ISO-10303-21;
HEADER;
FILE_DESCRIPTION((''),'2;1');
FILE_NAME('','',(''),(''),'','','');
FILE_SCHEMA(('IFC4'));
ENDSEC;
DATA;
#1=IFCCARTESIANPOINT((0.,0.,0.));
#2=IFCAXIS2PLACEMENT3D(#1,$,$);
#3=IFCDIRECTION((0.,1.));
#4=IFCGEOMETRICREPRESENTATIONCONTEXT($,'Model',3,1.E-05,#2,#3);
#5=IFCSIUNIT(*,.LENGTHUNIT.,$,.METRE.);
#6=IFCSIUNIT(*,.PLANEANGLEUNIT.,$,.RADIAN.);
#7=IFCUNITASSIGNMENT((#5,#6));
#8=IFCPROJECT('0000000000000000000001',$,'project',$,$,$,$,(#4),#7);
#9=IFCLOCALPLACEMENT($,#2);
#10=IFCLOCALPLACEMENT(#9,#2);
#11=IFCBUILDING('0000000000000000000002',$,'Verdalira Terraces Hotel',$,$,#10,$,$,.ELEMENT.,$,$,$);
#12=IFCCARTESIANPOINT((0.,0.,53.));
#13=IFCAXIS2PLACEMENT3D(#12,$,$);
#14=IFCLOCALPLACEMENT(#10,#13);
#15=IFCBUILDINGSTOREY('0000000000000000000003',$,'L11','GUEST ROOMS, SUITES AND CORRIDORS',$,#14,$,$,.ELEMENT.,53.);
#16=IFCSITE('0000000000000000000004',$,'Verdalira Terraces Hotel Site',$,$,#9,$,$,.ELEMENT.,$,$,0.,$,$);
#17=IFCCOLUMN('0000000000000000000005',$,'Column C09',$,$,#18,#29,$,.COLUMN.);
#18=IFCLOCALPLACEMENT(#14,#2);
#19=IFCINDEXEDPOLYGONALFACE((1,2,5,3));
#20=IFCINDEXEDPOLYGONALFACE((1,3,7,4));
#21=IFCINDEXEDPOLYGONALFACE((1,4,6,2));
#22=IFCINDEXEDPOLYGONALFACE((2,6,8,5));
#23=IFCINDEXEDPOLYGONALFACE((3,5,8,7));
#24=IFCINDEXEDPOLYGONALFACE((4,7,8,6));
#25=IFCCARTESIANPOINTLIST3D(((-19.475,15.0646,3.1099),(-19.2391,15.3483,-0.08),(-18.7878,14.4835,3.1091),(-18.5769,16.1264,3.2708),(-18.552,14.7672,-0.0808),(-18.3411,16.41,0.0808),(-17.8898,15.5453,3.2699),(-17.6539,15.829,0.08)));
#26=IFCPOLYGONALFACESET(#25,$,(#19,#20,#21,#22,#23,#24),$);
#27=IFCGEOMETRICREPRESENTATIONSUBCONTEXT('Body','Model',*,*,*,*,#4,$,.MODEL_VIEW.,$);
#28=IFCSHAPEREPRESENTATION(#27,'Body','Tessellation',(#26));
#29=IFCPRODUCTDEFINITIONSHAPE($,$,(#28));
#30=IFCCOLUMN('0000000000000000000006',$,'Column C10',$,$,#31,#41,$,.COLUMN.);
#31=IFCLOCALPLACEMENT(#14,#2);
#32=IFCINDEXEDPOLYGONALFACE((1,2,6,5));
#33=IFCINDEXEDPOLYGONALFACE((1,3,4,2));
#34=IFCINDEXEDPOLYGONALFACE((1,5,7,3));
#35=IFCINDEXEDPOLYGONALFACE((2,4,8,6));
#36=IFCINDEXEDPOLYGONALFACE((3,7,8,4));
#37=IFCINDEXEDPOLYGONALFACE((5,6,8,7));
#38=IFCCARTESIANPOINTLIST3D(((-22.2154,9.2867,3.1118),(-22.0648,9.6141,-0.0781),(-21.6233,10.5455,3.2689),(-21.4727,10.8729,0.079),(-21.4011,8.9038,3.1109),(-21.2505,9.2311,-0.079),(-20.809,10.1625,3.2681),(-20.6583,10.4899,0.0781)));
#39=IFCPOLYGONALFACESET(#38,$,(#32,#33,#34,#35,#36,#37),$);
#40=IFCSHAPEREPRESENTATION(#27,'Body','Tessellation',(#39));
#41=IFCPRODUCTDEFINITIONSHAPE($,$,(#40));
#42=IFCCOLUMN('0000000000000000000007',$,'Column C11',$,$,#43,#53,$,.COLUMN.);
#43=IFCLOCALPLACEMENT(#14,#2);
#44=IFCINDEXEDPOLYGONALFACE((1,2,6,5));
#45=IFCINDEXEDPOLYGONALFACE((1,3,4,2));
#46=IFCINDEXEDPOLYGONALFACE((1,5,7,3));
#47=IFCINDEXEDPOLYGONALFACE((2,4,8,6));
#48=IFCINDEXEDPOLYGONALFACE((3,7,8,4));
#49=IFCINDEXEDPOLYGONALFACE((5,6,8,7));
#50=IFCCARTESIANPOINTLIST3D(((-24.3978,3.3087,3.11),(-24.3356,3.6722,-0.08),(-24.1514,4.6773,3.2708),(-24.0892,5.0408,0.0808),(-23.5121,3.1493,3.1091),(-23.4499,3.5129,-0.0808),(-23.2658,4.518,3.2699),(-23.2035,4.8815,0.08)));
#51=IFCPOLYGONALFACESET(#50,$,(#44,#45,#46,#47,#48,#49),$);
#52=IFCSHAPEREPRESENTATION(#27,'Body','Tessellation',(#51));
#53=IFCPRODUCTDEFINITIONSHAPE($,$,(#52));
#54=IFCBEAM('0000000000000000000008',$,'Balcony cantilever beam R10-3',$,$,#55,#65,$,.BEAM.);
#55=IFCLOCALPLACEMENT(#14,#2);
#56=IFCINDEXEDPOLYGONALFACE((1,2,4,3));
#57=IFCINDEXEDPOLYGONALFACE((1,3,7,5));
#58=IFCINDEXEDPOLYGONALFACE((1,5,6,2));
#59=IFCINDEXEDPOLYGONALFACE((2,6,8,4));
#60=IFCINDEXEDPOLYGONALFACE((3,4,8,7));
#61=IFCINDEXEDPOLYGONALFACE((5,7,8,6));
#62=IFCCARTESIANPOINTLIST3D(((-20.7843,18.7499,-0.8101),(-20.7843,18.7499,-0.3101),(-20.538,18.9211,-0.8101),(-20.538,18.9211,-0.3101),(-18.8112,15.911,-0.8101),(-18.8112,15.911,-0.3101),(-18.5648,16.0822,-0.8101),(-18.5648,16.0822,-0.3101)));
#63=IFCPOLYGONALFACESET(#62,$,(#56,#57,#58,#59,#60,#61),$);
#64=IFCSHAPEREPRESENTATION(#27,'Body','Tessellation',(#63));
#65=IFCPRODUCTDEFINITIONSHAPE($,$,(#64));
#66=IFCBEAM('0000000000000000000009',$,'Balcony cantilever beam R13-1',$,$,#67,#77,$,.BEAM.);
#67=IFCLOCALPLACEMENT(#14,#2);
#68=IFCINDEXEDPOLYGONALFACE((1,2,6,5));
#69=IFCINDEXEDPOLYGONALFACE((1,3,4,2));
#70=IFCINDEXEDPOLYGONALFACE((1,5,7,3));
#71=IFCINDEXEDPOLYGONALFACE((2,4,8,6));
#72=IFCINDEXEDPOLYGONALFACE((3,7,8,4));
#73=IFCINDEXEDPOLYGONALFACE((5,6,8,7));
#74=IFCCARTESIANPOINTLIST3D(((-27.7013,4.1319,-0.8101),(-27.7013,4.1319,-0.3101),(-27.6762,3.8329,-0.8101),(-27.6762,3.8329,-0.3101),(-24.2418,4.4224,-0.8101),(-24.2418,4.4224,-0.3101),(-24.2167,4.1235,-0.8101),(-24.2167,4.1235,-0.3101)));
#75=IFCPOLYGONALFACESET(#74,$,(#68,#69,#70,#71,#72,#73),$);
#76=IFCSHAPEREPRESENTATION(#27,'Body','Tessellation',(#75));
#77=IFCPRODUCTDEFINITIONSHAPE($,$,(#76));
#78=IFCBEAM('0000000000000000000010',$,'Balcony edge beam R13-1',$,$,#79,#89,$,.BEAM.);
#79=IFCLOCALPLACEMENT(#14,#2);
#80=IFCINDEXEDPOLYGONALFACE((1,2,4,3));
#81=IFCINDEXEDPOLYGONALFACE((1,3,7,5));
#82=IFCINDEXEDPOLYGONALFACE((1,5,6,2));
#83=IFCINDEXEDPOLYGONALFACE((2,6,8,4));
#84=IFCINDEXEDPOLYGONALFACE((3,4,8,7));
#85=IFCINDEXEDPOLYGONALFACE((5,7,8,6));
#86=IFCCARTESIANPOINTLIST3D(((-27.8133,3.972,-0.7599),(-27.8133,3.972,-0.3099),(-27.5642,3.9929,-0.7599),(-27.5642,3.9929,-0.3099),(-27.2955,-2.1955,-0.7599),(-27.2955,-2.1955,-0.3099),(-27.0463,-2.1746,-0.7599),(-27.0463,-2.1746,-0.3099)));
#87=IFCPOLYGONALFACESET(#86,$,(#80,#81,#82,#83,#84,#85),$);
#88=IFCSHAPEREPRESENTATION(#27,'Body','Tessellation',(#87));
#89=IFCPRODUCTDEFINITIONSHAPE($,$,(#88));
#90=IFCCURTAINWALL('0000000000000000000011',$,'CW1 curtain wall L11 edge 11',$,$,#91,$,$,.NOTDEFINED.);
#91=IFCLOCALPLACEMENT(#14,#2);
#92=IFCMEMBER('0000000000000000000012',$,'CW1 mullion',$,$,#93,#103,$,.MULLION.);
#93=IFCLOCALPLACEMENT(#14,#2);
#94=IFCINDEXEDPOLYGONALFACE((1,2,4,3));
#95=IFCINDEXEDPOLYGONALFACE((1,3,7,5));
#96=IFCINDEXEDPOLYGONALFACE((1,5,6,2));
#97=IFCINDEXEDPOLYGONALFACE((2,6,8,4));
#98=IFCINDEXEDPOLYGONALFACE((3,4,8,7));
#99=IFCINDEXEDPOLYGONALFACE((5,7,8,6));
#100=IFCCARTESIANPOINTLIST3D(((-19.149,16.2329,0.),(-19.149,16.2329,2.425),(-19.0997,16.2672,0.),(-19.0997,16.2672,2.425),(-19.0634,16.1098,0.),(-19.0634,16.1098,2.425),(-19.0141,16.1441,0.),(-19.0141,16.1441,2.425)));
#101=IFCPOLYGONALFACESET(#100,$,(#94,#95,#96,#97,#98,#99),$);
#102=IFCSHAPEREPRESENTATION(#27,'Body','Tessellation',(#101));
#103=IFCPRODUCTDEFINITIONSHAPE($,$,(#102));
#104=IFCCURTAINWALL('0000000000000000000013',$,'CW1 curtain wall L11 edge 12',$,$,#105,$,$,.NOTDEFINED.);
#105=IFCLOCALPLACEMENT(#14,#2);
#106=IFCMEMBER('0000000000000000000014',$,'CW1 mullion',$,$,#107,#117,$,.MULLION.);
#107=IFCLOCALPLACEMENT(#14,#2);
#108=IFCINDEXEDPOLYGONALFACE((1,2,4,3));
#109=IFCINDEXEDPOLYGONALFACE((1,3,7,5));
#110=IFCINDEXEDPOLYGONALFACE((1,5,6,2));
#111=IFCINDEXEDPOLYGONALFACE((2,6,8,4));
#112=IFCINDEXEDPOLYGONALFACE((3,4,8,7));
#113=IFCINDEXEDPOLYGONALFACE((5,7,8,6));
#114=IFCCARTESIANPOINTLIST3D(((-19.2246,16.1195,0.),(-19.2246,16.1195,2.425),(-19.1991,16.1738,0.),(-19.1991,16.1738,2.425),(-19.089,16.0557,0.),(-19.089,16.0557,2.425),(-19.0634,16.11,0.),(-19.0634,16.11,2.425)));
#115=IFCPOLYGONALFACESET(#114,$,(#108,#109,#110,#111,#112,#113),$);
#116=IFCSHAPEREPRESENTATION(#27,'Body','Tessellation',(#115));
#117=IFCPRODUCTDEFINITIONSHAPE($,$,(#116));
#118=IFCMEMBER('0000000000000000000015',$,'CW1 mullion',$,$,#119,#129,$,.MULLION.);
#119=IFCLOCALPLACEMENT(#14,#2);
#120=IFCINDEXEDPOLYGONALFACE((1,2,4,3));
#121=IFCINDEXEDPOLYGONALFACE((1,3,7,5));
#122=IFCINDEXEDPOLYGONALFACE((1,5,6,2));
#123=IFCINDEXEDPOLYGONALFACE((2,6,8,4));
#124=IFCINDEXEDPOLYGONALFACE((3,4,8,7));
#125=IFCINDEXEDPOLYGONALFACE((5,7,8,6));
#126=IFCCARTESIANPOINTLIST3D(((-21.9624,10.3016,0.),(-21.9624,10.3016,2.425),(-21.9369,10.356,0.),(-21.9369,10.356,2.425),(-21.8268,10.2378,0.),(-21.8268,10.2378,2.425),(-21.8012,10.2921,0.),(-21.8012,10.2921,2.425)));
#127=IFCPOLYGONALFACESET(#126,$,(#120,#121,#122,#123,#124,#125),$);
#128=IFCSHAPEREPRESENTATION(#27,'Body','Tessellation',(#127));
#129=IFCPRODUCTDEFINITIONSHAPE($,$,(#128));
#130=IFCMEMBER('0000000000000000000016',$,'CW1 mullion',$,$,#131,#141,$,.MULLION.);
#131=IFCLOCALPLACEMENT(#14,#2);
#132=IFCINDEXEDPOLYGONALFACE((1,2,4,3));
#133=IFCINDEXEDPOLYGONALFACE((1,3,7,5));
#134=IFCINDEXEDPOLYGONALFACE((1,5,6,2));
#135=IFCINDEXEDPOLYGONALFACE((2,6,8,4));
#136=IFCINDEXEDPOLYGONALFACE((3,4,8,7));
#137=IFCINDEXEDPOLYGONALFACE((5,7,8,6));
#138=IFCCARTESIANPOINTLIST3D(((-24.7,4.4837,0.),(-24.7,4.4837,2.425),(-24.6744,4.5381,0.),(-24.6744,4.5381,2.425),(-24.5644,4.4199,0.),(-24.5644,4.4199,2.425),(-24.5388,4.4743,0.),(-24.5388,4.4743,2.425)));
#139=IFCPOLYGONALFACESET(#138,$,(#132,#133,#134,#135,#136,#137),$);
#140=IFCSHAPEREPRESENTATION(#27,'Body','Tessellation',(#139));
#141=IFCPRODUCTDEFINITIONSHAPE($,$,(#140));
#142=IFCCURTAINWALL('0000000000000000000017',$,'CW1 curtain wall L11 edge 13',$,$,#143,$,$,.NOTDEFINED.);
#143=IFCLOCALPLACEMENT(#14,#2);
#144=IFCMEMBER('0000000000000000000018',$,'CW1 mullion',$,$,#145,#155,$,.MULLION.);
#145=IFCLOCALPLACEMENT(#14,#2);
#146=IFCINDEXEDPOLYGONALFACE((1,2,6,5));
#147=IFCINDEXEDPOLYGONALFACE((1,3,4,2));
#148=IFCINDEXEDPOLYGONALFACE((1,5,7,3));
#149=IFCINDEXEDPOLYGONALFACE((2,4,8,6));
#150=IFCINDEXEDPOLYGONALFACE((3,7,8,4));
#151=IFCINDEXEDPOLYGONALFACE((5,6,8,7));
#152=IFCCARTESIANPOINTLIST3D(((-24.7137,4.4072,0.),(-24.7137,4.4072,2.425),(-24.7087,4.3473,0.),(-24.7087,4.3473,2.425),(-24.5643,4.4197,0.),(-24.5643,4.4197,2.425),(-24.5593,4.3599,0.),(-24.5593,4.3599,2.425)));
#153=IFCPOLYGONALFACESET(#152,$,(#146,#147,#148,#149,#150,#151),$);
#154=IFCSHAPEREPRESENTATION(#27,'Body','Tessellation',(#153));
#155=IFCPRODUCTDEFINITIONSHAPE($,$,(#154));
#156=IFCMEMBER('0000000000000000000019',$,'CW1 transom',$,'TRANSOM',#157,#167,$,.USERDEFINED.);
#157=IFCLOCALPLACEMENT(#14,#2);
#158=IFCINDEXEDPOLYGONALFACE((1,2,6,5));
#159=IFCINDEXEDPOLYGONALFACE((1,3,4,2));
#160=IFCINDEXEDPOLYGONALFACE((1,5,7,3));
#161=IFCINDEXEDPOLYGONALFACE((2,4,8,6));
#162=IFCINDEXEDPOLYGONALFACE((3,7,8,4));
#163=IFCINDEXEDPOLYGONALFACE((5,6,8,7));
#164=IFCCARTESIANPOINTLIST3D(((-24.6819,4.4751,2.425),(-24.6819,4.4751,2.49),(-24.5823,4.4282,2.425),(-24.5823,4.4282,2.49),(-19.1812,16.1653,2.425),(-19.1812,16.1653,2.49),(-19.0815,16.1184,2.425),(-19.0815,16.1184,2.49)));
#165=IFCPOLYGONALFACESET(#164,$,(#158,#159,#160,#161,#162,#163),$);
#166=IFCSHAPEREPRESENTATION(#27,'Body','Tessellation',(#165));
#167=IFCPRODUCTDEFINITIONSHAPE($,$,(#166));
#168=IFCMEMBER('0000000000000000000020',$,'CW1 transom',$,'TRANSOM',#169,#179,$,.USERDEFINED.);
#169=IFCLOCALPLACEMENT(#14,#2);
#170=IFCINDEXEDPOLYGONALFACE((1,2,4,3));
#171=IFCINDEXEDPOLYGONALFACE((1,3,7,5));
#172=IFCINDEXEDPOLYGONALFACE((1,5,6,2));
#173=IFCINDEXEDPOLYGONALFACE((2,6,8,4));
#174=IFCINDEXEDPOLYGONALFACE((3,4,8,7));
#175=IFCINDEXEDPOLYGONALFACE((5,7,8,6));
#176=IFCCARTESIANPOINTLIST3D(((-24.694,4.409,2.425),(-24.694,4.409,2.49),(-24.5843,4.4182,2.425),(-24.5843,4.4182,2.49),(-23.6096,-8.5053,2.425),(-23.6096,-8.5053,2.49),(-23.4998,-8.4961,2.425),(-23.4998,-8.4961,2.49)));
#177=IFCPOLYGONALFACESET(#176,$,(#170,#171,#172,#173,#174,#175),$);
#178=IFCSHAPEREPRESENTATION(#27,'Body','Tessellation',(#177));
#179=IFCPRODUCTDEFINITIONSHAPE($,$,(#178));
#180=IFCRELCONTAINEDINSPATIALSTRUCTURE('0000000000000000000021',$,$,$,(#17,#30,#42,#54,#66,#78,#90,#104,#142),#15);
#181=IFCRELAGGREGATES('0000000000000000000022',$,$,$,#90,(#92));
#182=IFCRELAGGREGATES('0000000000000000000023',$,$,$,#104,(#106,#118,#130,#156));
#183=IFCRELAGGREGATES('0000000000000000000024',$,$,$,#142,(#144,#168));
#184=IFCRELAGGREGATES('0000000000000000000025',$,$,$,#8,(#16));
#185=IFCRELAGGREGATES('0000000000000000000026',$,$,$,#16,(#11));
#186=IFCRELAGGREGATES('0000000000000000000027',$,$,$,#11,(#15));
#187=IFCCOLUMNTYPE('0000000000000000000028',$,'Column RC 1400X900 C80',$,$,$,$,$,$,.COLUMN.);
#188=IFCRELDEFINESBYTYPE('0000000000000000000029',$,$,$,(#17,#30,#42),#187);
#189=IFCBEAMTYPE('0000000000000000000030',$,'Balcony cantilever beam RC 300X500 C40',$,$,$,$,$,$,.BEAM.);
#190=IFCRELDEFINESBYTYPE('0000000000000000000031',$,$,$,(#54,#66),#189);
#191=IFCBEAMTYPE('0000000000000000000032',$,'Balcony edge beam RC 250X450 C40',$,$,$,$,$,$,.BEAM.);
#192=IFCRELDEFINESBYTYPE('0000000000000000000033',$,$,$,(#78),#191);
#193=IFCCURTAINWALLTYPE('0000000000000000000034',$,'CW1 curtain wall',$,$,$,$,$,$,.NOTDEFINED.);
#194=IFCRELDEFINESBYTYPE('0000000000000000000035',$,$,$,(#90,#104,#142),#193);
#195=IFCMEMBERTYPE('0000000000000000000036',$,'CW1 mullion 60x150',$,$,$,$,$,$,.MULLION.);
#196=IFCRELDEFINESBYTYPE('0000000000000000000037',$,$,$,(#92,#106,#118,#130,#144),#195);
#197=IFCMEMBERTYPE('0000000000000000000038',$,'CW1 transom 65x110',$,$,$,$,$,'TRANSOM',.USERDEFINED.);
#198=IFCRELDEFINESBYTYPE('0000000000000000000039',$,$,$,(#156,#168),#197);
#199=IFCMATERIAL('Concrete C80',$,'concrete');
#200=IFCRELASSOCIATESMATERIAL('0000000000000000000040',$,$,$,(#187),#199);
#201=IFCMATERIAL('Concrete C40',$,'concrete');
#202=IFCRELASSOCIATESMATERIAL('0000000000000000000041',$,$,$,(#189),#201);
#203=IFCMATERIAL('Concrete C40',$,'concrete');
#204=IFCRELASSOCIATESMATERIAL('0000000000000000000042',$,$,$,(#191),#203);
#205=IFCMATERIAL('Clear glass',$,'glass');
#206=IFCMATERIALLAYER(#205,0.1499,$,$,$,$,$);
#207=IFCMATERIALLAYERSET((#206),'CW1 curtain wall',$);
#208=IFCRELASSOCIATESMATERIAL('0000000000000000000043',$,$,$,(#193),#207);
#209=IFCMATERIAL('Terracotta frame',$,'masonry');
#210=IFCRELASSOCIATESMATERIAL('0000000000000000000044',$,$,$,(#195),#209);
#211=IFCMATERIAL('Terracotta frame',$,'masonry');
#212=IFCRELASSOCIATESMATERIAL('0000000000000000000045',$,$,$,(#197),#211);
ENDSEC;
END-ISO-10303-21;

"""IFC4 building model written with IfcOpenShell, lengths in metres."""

from ifc_helpers import new_model, si_unit, direction, frame, origin, origin_2d, place, context, subcontext, project, spatial, rectangle, extrude, material, layer, layer_set, material_profile, profile_set, type_object, element, aggregate, save


model = new_model("IFC4")

# Units and contexts
model_context = context("Model", 3, precision=1e-05, world=origin(), true_north=direction((0.0, 1.0)))
body_context = subcontext(model_context, "Body", "Model", "MODEL_VIEW")
ifc_project = project(units=[si_unit("LENGTHUNIT", "METRE"), si_unit("PLANEANGLEUNIT", "RADIAN")], contexts=[model_context])

# Site, building, storey
site_placement = place(None, origin())
site = spatial("IfcSite", under=ifc_project, at=site_placement, Name="Verdalira Terraces Hotel Site", CompositionType="ELEMENT", RefElevation=0.0)
building_placement = place(site_placement, origin())
building = spatial("IfcBuilding", under=site, at=building_placement, Name="Verdalira Terraces Hotel", CompositionType="ELEMENT")
storey_placement = place(building_placement, frame((0.0, 0.0, 53.0)))
storey = spatial("IfcBuildingStorey", under=building, at=storey_placement, Name="L11", Description="GUEST ROOMS, SUITES AND CORRIDORS", CompositionType="ELEMENT", Elevation=53.0)

# Columns
ifc_material_1 = material(Name="Concrete C80", Category="concrete")
ifc_material_profile_1 = material_profile(ifc_material_1, rectangle(XDim=1.3999, YDim=0.8999, at=origin_2d()), Name="RC 1400X900")
ifc_profile_set_1 = profile_set([ifc_material_profile_1], Name="Concrete C80")
column_type = type_object("IfcColumnType", Name="Column RC 1400X900 C80", PredefinedType="COLUMN", material=ifc_profile_set_1)
column_1_placement = place(storey_placement, frame((-18.4465, 15.5886, 0.0), z_axis=(-0.073443, -0.088344, 0.993379), x_axis=(0.641502, 0.75847, 0.114881)))
element("IfcColumn", 1, at=column_1_placement, inside=storey, type_object=column_type, Name="Column C09", PredefinedType="COLUMN", context=body_context, shape_type="SweptSolid", body=[
    extrude(rectangle(XDim=1.3999, YDim=0.8999, at=origin_2d()), origin(), (0.0, 0.0, 1.0), 3.2112),
])
column_2_placement = place(storey_placement, frame((-21.3616, 10.052, 0.0), z_axis=(-0.046923, -0.101984, 0.993679), x_axis=(-0.422987, -0.899156, -0.112257)))
element("IfcColumn", 2, at=column_2_placement, inside=storey, type_object=column_type, Name="Column C10", PredefinedType="COLUMN", context=body_context, shape_type="SweptSolid", body=[
    extrude(rectangle(XDim=1.3999, YDim=0.8999, at=origin_2d()), origin(), (0.0, 0.0, 1.0), 3.2102),
])
column_3_placement = place(storey_placement, frame((-23.7695, 4.2769, 0.0), z_axis=(-0.019387, -0.113206, 0.993382), x_axis=(0.175988, 0.97767, 0.11485)))
element("IfcColumn", 3, at=column_3_placement, inside=storey, type_object=column_type, Name="Column C11", PredefinedType="COLUMN", context=body_context, shape_type="SweptSolid", body=[
    extrude(rectangle(XDim=1.3999, YDim=0.8999, at=origin_2d()), origin(), (0.0, 0.0, 1.0), 3.2112),
])

# Beams
ifc_material_2 = material(Name="Concrete C40", Category="concrete")
ifc_material_profile_2 = material_profile(ifc_material_2, rectangle(XDim=0.3, YDim=0.5, at=origin_2d()), Name="RC 300X500")
ifc_profile_set_2 = profile_set([ifc_material_profile_2], Name="Concrete C40")
beam_type_1 = type_object("IfcBeamType", Name="Balcony cantilever beam RC 300X500 C40", PredefinedType="BEAM", material=ifc_profile_set_2)
beam_1_placement = place(storey_placement, frame((-18.688, 15.9966, -0.5601), z_axis=(-0.570729, 0.821138, 0.0), x_axis=(-0.821138, -0.570729, 0.0)))
element("IfcBeam", 4, at=beam_1_placement, inside=storey, type_object=beam_type_1, Name="Balcony cantilever beam R10-3", PredefinedType="BEAM", context=body_context, shape_type="SweptSolid", body=[
    extrude(rectangle(XDim=0.3, YDim=0.5, at=origin_2d()), origin(), (0.0, 0.0, 1.0), 3.4573),
])
beam_2_placement = place(storey_placement, frame((-24.2292, 4.2729, -0.5601), z_axis=(-0.996492, -0.083686, 0.0), x_axis=(0.083686, -0.996492, 0.0)))
element("IfcBeam", 5, at=beam_2_placement, inside=storey, type_object=beam_type_1, Name="Balcony cantilever beam R13-1", PredefinedType="BEAM", context=body_context, shape_type="SweptSolid", body=[
    extrude(rectangle(XDim=0.3, YDim=0.5, at=origin_2d()), origin(), (0.0, 0.0, 1.0), 3.4717),
])
ifc_material_3 = material(Name="Concrete C40", Category="concrete")
ifc_material_profile_3 = material_profile(ifc_material_3, rectangle(XDim=0.25, YDim=0.45, at=origin_2d()), Name="RC 250X450")
ifc_profile_set_3 = profile_set([ifc_material_profile_3], Name="Concrete C40")
beam_type_2 = type_object("IfcBeamType", Name="Balcony edge beam RC 250X450 C40", PredefinedType="BEAM", material=ifc_profile_set_3)
beam_3_placement = place(storey_placement, frame((-27.6887, 3.9824, -0.5349), z_axis=(0.083666, -0.996494, 0.0), x_axis=(0.996494, 0.083666, 0.0)))
element("IfcBeam", 6, at=beam_3_placement, inside=storey, type_object=beam_type_2, Name="Balcony edge beam R13-1", PredefinedType="BEAM", context=body_context, shape_type="SweptSolid", body=[
    extrude(rectangle(XDim=0.25, YDim=0.45, at=origin_2d()), origin(), (0.0, 0.0, 1.0), 6.1892),
])

# Curtain wall, member
ifc_material_4 = material(Name="Clear glass", Category="glass")
ifc_layer_1 = layer(ifc_material_4, 0.1499)
ifc_layer_set_1 = layer_set([ifc_layer_1], Name="CW1 curtain wall")
curtain_wall_type = type_object("IfcCurtainWallType", Name="CW1 curtain wall", PredefinedType="NOTDEFINED", material=ifc_layer_set_1)
curtain_wall_1_placement = place(storey_placement, origin())
curtain_wall_1 = element("IfcCurtainWall", 7, at=curtain_wall_1_placement, inside=storey, type_object=curtain_wall_type, Name="CW1 curtain wall L11 edge 11", PredefinedType="NOTDEFINED")
ifc_material_5 = material(Name="Terracotta frame", Category="masonry")
ifc_material_profile_4 = material_profile(ifc_material_5, rectangle(XDim=0.0601, YDim=0.1499, at=origin_2d()), Name="MU 60x150")
ifc_profile_set_4 = profile_set([ifc_material_profile_4], Name="Terracotta frame")
member_type_1 = type_object("IfcMemberType", Name="CW1 mullion 60x150", PredefinedType="MULLION", material=ifc_profile_set_4)
member_1_placement = place(storey_placement, frame((-19.0815, 16.1885, 0.0), z_axis=(0.0, 0.0, 1.0), x_axis=(-0.821149, -0.570714, 0.0)))
member_1 = element("IfcMember", 8, at=member_1_placement, type_object=member_type_1, Name="CW1 mullion", PredefinedType="MULLION", context=body_context, shape_type="SweptSolid", body=[
    extrude(rectangle(XDim=0.0601, YDim=0.1499, at=origin_2d()), origin(), (0.0, 0.0, 1.0), 2.425),
])
aggregate(curtain_wall_1, [member_1])

# Curtain wall, members
curtain_wall_2_placement = place(storey_placement, origin())
curtain_wall_2 = element("IfcCurtainWall", 9, at=curtain_wall_2_placement, inside=storey, type_object=curtain_wall_type, Name="CW1 curtain wall L11 edge 12", PredefinedType="NOTDEFINED")
member_2_placement = place(storey_placement, frame((-19.144, 16.1147, 0.0), z_axis=(0.0, 0.0, 1.0), x_axis=(-0.425779, -0.904827, 0.0)))
member_2 = element("IfcMember", 10, at=member_2_placement, type_object=member_type_1, Name="CW1 mullion", PredefinedType="MULLION", context=body_context, shape_type="SweptSolid", body=[
    extrude(rectangle(XDim=0.0601, YDim=0.1499, at=origin_2d()), origin(), (0.0, 0.0, 1.0), 2.425),
])
member_3_placement = place(storey_placement, frame((-21.8818, 10.2969, 0.0), z_axis=(0.0, 0.0, 1.0), x_axis=(-0.425779, -0.904827, 0.0)))
member_3 = element("IfcMember", 11, at=member_3_placement, type_object=member_type_1, Name="CW1 mullion", PredefinedType="MULLION", context=body_context, shape_type="SweptSolid", body=[
    extrude(rectangle(XDim=0.0601, YDim=0.1499, at=origin_2d()), origin(), (0.0, 0.0, 1.0), 2.425),
])
member_4_placement = place(storey_placement, frame((-24.6194, 4.479, 0.0), z_axis=(0.0, 0.0, 1.0), x_axis=(-0.425779, -0.904827, 0.0)))
member_4 = element("IfcMember", 12, at=member_4_placement, type_object=member_type_1, Name="CW1 mullion", PredefinedType="MULLION", context=body_context, shape_type="SweptSolid", body=[
    extrude(rectangle(XDim=0.0601, YDim=0.1499, at=origin_2d()), origin(), (0.0, 0.0, 1.0), 2.425),
])

# Curtain wall, member
curtain_wall_3_placement = place(storey_placement, origin())
curtain_wall_3 = element("IfcCurtainWall", 13, at=curtain_wall_3_placement, inside=storey, type_object=curtain_wall_type, Name="CW1 curtain wall L11 edge 13", PredefinedType="NOTDEFINED")
member_5_placement = place(storey_placement, frame((-24.6365, 4.3835, 0.0), z_axis=(0.0, 0.0, 1.0), x_axis=(0.083678, -0.996493, 0.0)))
member_5 = element("IfcMember", 14, at=member_5_placement, type_object=member_type_1, Name="CW1 mullion", PredefinedType="MULLION", context=body_context, shape_type="SweptSolid", body=[
    extrude(rectangle(XDim=0.0601, YDim=0.1499, at=origin_2d()), origin(), (0.0, 0.0, 1.0), 2.425),
])

# Members
ifc_material_6 = material(Name="Terracotta frame", Category="masonry")
ifc_material_profile_5 = material_profile(ifc_material_6, rectangle(XDim=0.1101, YDim=0.0649, at=origin_2d()), Name="TR 65x110")
ifc_profile_set_5 = profile_set([ifc_material_profile_5], Name="Terracotta frame")
member_type_2 = type_object("IfcMemberType", Name="CW1 transom 65x110", ElementType="TRANSOM", PredefinedType="USERDEFINED", material=ifc_profile_set_5)
member_6_placement = place(storey_placement, frame((-19.1313, 16.1418, 2.4575), z_axis=(-0.425763, -0.904835, 0.0), x_axis=(0.904835, -0.425763, 0.0)))
member_6 = element("IfcMember", 15, at=member_6_placement, type_object=member_type_2, Name="CW1 transom", ObjectType="TRANSOM", PredefinedType="USERDEFINED", context=body_context, shape_type="SweptSolid", body=[
    extrude(rectangle(XDim=0.1101, YDim=0.0649, at=origin_2d()), origin(), (0.0, 0.0, 1.0), 12.9197),
])
member_7_placement = place(storey_placement, frame((-24.6392, 4.4136, 2.4575), z_axis=(0.08368, -0.996493, 0.0), x_axis=(0.996493, 0.08368, 0.0)))
member_7 = element("IfcMember", 16, at=member_7_placement, type_object=member_type_2, Name="CW1 transom", ObjectType="TRANSOM", PredefinedType="USERDEFINED", context=body_context, shape_type="SweptSolid", body=[
    extrude(rectangle(XDim=0.1101, YDim=0.0649, at=origin_2d()), origin(), (0.0, 0.0, 1.0), 12.9597),
])

aggregate(curtain_wall_2, [member_2, member_3, member_4, member_6])
aggregate(curtain_wall_3, [member_5, member_7])

save(model, "model.ifc")
